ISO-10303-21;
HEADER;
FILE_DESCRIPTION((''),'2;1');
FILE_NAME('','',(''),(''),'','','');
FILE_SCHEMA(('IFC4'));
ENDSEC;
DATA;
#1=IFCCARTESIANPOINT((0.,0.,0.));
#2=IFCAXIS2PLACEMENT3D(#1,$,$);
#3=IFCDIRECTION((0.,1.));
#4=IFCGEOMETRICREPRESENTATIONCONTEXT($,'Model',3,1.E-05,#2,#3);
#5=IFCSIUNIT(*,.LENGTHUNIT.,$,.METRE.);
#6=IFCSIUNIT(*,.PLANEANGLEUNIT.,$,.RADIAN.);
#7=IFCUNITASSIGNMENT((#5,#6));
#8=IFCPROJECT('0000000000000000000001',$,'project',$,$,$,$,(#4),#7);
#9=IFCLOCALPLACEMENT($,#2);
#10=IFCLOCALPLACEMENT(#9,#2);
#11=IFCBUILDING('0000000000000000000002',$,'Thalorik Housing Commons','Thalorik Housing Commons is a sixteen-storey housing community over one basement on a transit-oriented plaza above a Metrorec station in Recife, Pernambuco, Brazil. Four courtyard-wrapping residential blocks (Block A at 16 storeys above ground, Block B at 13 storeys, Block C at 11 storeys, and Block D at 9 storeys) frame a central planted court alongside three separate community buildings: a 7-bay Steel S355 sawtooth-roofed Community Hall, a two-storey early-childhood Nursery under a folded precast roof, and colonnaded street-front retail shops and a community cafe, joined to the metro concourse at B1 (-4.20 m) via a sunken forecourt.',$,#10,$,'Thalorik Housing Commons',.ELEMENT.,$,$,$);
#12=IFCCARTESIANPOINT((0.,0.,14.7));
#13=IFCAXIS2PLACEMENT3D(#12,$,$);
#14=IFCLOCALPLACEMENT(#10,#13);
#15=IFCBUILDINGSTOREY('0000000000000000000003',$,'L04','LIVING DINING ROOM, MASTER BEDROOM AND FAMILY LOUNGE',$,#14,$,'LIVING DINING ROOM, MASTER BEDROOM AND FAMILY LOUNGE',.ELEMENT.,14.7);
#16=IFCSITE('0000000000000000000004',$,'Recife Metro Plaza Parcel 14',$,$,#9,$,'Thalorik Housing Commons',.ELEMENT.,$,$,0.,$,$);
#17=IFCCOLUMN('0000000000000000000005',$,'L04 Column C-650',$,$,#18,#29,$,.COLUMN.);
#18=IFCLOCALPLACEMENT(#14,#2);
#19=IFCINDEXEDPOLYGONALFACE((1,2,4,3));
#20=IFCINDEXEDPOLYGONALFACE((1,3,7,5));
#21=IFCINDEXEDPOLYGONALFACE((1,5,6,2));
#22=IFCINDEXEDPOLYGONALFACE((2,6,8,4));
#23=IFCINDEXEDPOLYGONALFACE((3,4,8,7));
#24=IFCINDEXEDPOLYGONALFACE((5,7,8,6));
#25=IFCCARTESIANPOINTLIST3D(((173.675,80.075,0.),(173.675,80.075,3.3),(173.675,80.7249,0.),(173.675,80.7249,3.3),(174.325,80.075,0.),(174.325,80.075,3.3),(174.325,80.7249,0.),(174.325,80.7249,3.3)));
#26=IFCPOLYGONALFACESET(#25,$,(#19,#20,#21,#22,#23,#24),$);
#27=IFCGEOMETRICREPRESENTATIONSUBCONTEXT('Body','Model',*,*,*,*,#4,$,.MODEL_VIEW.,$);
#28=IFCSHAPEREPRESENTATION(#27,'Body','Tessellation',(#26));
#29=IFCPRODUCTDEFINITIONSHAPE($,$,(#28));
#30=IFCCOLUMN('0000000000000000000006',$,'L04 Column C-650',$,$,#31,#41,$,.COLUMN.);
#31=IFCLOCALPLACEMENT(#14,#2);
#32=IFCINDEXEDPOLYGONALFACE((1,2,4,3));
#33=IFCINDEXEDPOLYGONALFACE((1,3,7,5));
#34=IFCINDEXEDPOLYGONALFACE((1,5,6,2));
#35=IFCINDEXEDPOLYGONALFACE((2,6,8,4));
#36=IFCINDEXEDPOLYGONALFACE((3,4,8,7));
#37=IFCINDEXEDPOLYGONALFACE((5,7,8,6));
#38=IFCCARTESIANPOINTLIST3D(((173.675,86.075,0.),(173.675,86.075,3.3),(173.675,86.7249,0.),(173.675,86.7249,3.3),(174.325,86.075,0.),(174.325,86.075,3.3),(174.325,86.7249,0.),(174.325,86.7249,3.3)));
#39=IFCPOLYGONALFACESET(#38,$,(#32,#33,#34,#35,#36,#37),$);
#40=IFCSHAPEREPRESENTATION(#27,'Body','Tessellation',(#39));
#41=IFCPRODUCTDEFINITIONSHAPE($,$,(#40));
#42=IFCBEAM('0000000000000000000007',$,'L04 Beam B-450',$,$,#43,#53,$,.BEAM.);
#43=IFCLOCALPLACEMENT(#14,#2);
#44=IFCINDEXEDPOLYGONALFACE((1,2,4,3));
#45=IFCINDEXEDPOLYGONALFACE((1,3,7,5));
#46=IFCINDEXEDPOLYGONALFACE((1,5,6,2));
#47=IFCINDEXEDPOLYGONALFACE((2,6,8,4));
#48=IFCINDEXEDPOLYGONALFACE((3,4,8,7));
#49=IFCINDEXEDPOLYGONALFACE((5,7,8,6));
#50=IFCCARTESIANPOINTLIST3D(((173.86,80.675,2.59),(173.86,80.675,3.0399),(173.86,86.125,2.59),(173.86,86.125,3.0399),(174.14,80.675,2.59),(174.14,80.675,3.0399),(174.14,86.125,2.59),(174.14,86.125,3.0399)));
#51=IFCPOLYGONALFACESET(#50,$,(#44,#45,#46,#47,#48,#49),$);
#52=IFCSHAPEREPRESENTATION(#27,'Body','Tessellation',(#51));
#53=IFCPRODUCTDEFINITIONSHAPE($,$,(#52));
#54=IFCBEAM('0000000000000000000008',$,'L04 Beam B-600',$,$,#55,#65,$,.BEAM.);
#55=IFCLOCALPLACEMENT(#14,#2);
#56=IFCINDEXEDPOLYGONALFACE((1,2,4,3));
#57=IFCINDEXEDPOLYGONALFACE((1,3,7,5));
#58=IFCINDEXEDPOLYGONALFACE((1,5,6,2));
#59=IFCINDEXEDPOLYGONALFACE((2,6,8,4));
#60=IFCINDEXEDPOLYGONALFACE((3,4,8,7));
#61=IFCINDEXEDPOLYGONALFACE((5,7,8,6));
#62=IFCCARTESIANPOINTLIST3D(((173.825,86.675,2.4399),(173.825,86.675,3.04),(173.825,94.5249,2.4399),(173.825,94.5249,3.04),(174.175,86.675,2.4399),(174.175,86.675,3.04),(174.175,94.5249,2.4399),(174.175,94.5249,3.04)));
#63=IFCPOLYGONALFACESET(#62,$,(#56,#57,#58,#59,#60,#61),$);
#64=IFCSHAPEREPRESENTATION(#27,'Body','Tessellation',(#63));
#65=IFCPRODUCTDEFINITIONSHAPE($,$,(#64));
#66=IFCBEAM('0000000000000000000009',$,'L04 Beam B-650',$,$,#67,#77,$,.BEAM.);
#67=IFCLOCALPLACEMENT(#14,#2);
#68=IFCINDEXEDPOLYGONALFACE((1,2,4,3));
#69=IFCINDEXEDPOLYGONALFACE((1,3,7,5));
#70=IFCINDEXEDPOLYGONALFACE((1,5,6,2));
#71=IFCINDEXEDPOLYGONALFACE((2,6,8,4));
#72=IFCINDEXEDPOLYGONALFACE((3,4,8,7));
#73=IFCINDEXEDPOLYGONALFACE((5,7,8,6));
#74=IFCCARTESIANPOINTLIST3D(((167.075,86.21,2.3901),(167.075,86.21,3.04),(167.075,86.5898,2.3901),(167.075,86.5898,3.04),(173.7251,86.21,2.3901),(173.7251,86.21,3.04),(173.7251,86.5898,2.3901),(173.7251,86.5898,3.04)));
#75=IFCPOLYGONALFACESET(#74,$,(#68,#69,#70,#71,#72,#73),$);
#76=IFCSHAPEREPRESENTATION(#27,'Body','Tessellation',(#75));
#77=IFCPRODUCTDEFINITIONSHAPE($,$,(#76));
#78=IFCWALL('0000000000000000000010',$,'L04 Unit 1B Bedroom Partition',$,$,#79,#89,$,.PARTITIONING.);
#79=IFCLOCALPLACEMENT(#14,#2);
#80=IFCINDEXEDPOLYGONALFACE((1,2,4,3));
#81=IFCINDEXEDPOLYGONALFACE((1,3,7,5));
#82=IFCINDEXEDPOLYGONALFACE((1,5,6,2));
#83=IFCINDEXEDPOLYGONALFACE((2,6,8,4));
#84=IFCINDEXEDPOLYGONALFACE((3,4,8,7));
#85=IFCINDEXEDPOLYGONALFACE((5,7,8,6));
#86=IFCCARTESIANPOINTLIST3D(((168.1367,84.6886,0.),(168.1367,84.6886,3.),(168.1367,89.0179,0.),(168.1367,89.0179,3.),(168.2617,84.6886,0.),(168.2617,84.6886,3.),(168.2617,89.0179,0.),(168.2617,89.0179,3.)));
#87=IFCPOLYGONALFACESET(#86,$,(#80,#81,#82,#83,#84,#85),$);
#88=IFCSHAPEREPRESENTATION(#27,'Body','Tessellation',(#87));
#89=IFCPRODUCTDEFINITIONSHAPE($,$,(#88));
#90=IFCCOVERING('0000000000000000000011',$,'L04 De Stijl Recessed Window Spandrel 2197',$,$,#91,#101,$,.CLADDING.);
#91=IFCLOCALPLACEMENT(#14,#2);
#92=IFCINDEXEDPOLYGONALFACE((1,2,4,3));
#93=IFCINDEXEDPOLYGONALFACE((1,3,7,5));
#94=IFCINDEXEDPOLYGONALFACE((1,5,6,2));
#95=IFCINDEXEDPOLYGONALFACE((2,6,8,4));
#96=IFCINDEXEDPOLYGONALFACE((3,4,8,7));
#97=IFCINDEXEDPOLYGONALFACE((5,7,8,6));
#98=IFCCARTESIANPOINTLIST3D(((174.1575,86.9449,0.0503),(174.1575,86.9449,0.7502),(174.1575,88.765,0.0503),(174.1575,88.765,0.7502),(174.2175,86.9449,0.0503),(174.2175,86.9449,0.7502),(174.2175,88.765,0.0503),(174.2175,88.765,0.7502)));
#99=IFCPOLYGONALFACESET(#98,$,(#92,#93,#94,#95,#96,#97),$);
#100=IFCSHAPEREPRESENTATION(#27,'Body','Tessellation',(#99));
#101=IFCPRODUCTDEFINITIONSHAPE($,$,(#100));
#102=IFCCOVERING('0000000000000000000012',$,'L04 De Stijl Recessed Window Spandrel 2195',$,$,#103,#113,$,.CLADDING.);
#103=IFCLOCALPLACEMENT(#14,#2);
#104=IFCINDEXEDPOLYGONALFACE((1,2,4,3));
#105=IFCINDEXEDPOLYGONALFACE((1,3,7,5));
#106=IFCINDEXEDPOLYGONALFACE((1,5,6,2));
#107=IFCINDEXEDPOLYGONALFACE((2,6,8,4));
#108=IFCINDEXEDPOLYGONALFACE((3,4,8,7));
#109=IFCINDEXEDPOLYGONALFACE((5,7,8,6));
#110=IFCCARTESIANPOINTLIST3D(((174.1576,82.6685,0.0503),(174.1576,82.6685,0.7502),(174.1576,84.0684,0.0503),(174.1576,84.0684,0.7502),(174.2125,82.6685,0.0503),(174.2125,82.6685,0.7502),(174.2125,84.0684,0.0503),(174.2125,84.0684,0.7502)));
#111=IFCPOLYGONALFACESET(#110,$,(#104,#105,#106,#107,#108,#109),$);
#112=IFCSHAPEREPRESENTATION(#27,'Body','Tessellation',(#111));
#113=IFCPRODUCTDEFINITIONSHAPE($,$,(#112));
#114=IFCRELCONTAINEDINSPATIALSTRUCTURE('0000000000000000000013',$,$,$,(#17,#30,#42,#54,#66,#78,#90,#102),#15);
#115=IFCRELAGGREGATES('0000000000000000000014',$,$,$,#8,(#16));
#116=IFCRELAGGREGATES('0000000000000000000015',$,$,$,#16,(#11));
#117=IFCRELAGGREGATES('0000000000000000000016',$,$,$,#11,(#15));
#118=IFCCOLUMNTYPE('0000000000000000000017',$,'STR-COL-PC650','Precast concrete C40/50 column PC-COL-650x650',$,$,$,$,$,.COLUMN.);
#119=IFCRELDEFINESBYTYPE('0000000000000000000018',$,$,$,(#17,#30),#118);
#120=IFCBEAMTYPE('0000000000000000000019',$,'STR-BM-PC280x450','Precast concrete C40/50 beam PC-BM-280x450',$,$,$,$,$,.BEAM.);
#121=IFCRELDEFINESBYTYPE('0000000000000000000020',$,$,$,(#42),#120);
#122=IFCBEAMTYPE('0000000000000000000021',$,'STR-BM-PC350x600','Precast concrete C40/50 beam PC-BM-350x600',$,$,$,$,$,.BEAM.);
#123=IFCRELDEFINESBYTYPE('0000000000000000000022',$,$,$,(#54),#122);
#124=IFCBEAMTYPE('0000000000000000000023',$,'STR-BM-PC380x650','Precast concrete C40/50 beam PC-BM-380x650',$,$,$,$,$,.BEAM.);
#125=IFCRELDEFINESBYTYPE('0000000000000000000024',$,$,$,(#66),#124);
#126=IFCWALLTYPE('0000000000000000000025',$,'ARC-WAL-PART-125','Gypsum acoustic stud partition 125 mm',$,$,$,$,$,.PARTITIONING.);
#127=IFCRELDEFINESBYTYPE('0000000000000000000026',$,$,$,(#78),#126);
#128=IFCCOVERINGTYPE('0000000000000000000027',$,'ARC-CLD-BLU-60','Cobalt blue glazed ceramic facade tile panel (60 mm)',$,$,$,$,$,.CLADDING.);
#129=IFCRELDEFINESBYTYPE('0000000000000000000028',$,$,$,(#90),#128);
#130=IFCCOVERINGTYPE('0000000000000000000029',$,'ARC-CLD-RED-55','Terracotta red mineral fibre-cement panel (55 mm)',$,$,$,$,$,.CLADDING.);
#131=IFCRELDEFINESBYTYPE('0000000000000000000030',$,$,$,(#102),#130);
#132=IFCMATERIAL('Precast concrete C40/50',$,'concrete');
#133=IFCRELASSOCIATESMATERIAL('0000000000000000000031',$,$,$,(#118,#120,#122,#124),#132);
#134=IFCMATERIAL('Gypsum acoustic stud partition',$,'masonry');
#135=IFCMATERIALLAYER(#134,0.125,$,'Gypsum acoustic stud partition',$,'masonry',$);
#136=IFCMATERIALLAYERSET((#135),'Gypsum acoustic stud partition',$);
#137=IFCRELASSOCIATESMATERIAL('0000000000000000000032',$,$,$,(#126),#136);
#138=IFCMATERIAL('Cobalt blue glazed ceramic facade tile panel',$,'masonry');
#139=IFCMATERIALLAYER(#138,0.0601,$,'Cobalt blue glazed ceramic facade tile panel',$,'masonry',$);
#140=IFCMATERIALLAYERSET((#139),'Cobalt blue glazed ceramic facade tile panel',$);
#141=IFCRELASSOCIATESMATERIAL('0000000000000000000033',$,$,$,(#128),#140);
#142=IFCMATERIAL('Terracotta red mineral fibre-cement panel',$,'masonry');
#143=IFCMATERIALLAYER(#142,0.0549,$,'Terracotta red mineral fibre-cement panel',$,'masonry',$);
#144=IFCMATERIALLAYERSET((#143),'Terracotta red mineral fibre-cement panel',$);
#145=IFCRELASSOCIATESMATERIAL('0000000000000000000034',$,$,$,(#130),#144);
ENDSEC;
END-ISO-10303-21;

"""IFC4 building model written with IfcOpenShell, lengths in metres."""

from ifc_helpers import new_model, si_unit, direction, frame, frame_2d, origin, origin_2d, place, context, subcontext, project, spatial, rectangle, extrude, material, layer, layer_set, material_profile, profile_set, type_object, element, save


model = new_model("IFC4")

# Units and contexts
model_context = context("Model", 3, precision=1e-05, world=origin(), true_north=direction((0.0, 1.0)))
body_context = subcontext(model_context, "Body", "Model", "MODEL_VIEW")
ifc_project = project(units=[si_unit("LENGTHUNIT", "METRE"), si_unit("PLANEANGLEUNIT", "RADIAN")], contexts=[model_context])

# Site, building, storey
site_placement = place(None, origin())
site = spatial("IfcSite", under=ifc_project, at=site_placement, Name="Recife Metro Plaza Parcel 14", LongName="Thalorik Housing Commons", CompositionType="ELEMENT", RefElevation=0.0)
building_placement = place(site_placement, origin())
building = spatial("IfcBuilding", under=site, at=building_placement, Name="Thalorik Housing Commons", Description="Thalorik Housing Commons is a sixteen-storey housing community over one basement on a transit-oriented plaza above a Metrorec station in Recife, Pernambuco, Brazil. Four courtyard-wrapping residential blocks (Block A at 16 storeys above ground, Block B at 13 storeys, Block C at 11 storeys, and Block D at 9 storeys) frame a central planted court alongside three separate community buildings: a 7-bay Steel S355 sawtooth-roofed Community Hall, a two-storey early-childhood Nursery under a folded precast roof, and colonnaded street-front retail shops and a community cafe, joined to the metro concourse at B1 (-4.20 m) via a sunken forecourt.", LongName="Thalorik Housing Commons", CompositionType="ELEMENT")
storey_placement = place(building_placement, frame((0.0, 0.0, 14.7)))
storey = spatial("IfcBuildingStorey", under=building, at=storey_placement, Name="L04", Description="LIVING DINING ROOM, MASTER BEDROOM AND FAMILY LOUNGE", LongName="LIVING DINING ROOM, MASTER BEDROOM AND FAMILY LOUNGE", CompositionType="ELEMENT", Elevation=14.7)

# Columns
ifc_material_1 = material(Name="Precast concrete C40/50", Category="concrete")
ifc_material_profile_1 = material_profile(ifc_material_1, rectangle(XDim=0.6499, YDim=0.6499, at=origin_2d()), Name="PC 650x650", Category="concrete")
ifc_profile_set_1 = profile_set([ifc_material_profile_1], Name="Precast concrete C40/50")
column_type = type_object("IfcColumnType", Name="STR-COL-PC650", Description="Precast concrete C40/50 column PC-COL-650x650", PredefinedType="COLUMN", material=ifc_profile_set_1)
for number, where, z_axis, x_axis, name in (
    (1, (174.0, 80.3999, 0.0), (0.0, 0.0, 1.0), (1.0, 0.0, 0.0), "L04 Column C-650"),
    (2, (174.0, 86.3999, 0.0), (0.0, 0.0, 1.0), (1.0, 0.0, 0.0), "L04 Column C-650"),
):
    element("IfcColumn", number, at=place(storey_placement, frame(where, z_axis=z_axis, x_axis=x_axis)), inside=storey, type_object=column_type, Name=name, PredefinedType="COLUMN", context=body_context, shape_type="SweptSolid", body=[
        extrude(rectangle(XDim=0.6499, YDim=0.6499, at=origin_2d()), origin(), (0.0, 0.0, 1.0), 3.3),
    ])

# Beams
ifc_material_profile_2 = material_profile(ifc_material_1, rectangle(XDim=0.28, YDim=0.45, at=origin_2d()), Name="PC 280x450", Category="concrete")
ifc_profile_set_2 = profile_set([ifc_material_profile_2], Name="Precast concrete C40/50")
beam_type_1 = type_object("IfcBeamType", Name="STR-BM-PC280x450", Description="Precast concrete C40/50 beam PC-BM-280x450", PredefinedType="BEAM", material=ifc_profile_set_2)
beam_1_placement = place(storey_placement, frame((174.0, 80.675, 2.8149), z_axis=(0.0, 1.0, 0.0), x_axis=(-1.0, 0.0, 0.0)))
element("IfcBeam", 3, at=beam_1_placement, inside=storey, type_object=beam_type_1, Name="L04 Beam B-450", PredefinedType="BEAM", context=body_context, shape_type="SweptSolid", body=[
    extrude(rectangle(XDim=0.28, YDim=0.45, at=origin_2d()), origin(), (0.0, 0.0, 1.0), 5.45),
])
ifc_material_profile_3 = material_profile(ifc_material_1, rectangle(XDim=0.3501, YDim=0.6001, at=origin_2d()), Name="PC 350x600", Category="concrete")
ifc_profile_set_3 = profile_set([ifc_material_profile_3], Name="Precast concrete C40/50")
beam_type_2 = type_object("IfcBeamType", Name="STR-BM-PC350x600", Description="Precast concrete C40/50 beam PC-BM-350x600", PredefinedType="BEAM", material=ifc_profile_set_3)
beam_2_placement = place(storey_placement, frame((174.0, 86.675, 2.74), z_axis=(0.0, 1.0, 0.0), x_axis=(-1.0, 0.0, 0.0)))
element("IfcBeam", 4, at=beam_2_placement, inside=storey, type_object=beam_type_2, Name="L04 Beam B-600", PredefinedType="BEAM", context=body_context, shape_type="SweptSolid", body=[
    extrude(rectangle(XDim=0.3501, YDim=0.6001, at=origin_2d()), origin(), (0.0, 0.0, 1.0), 7.8499),
])
ifc_material_profile_4 = material_profile(ifc_material_1, rectangle(XDim=0.3799, YDim=0.6499, at=origin_2d()), Name="PC 380x650", Category="concrete")
ifc_profile_set_4 = profile_set([ifc_material_profile_4], Name="Precast concrete C40/50")
beam_type_3 = type_object("IfcBeamType", Name="STR-BM-PC380x650", Description="Precast concrete C40/50 beam PC-BM-380x650", PredefinedType="BEAM", material=ifc_profile_set_4)
beam_3_placement = place(storey_placement, frame((167.075, 86.3999, 2.7151), z_axis=(1.0, 0.0, 0.0), x_axis=(0.0, 1.0, 0.0)))
element("IfcBeam", 5, at=beam_3_placement, inside=storey, type_object=beam_type_3, Name="L04 Beam B-650", PredefinedType="BEAM", context=body_context, shape_type="SweptSolid", body=[
    extrude(rectangle(XDim=0.3799, YDim=0.6499, at=origin_2d()), origin(), (0.0, 0.0, 1.0), 6.6501),
])

# Wall
ifc_material_2 = material(Name="Gypsum acoustic stud partition", Category="masonry")
ifc_layer_1 = layer(ifc_material_2, 0.125, Name="Gypsum acoustic stud partition", Category="masonry")
ifc_layer_set_1 = layer_set([ifc_layer_1], Name="Gypsum acoustic stud partition")
wall_type_1 = type_object("IfcWallType", Name="ARC-WAL-PART-125", Description="Gypsum acoustic stud partition 125 mm", PredefinedType="PARTITIONING", material=ifc_layer_set_1)
wall_1_placement = place(storey_placement, frame((168.1992, 84.6887, 0.0), z_axis=(0.0, 0.0, 1.0), x_axis=(0.0, 1.0, 0.0)))
element("IfcWall", 6, at=wall_1_placement, inside=storey, type_object=wall_type_1, Name="L04 Unit 1B Bedroom Partition", PredefinedType="PARTITIONING", context=body_context, shape_type="SweptSolid", body=[
    extrude(rectangle(XDim=4.3293, YDim=0.125, at=frame_2d((2.1646, 0.0))), origin(), (0.0, 0.0, 1.0), 3.0),
])

# Coverings
ifc_material_3 = material(Name="Cobalt blue glazed ceramic facade tile panel", Category="masonry")
ifc_layer_2 = layer(ifc_material_3, 0.0601, Name="Cobalt blue glazed ceramic facade tile panel", Category="masonry")
ifc_layer_set_2 = layer_set([ifc_layer_2], Name="Cobalt blue glazed ceramic facade tile panel")
covering_type_1 = type_object("IfcCoveringType", Name="ARC-CLD-BLU-60", Description="Cobalt blue glazed ceramic facade tile panel (60 mm)", PredefinedType="CLADDING", material=ifc_layer_set_2)
covering_1_placement = place(storey_placement, frame((174.1875, 87.855, 0.0503), z_axis=(0.0, 0.0, 1.0), x_axis=(0.0, 1.0, 0.0)))
element("IfcCovering", 7, at=covering_1_placement, inside=storey, type_object=covering_type_1, Name="L04 De Stijl Recessed Window Spandrel 2197", PredefinedType="CLADDING", context=body_context, shape_type="SweptSolid", body=[
    extrude(rectangle(XDim=1.8201, YDim=0.0601, at=origin_2d()), origin(), (0.0, 0.0, 1.0), 0.7),
])
ifc_material_4 = material(Name="Terracotta red mineral fibre-cement panel", Category="masonry")
ifc_layer_3 = layer(ifc_material_4, 0.0549, Name="Terracotta red mineral fibre-cement panel", Category="masonry")
ifc_layer_set_3 = layer_set([ifc_layer_3], Name="Terracotta red mineral fibre-cement panel")
covering_type_2 = type_object("IfcCoveringType", Name="ARC-CLD-RED-55", Description="Terracotta red mineral fibre-cement panel (55 mm)", PredefinedType="CLADDING", material=ifc_layer_set_3)
covering_2_placement = place(storey_placement, frame((174.1851, 83.3684, 0.0503), z_axis=(0.0, 0.0, 1.0), x_axis=(0.0, 1.0, 0.0)))
element("IfcCovering", 8, at=covering_2_placement, inside=storey, type_object=covering_type_2, Name="L04 De Stijl Recessed Window Spandrel 2195", PredefinedType="CLADDING", context=body_context, shape_type="SweptSolid", body=[
    extrude(rectangle(XDim=1.3999, YDim=0.0549, at=origin_2d()), origin(), (0.0, 0.0, 1.0), 0.7),
])

save(model, "model.ifc")
